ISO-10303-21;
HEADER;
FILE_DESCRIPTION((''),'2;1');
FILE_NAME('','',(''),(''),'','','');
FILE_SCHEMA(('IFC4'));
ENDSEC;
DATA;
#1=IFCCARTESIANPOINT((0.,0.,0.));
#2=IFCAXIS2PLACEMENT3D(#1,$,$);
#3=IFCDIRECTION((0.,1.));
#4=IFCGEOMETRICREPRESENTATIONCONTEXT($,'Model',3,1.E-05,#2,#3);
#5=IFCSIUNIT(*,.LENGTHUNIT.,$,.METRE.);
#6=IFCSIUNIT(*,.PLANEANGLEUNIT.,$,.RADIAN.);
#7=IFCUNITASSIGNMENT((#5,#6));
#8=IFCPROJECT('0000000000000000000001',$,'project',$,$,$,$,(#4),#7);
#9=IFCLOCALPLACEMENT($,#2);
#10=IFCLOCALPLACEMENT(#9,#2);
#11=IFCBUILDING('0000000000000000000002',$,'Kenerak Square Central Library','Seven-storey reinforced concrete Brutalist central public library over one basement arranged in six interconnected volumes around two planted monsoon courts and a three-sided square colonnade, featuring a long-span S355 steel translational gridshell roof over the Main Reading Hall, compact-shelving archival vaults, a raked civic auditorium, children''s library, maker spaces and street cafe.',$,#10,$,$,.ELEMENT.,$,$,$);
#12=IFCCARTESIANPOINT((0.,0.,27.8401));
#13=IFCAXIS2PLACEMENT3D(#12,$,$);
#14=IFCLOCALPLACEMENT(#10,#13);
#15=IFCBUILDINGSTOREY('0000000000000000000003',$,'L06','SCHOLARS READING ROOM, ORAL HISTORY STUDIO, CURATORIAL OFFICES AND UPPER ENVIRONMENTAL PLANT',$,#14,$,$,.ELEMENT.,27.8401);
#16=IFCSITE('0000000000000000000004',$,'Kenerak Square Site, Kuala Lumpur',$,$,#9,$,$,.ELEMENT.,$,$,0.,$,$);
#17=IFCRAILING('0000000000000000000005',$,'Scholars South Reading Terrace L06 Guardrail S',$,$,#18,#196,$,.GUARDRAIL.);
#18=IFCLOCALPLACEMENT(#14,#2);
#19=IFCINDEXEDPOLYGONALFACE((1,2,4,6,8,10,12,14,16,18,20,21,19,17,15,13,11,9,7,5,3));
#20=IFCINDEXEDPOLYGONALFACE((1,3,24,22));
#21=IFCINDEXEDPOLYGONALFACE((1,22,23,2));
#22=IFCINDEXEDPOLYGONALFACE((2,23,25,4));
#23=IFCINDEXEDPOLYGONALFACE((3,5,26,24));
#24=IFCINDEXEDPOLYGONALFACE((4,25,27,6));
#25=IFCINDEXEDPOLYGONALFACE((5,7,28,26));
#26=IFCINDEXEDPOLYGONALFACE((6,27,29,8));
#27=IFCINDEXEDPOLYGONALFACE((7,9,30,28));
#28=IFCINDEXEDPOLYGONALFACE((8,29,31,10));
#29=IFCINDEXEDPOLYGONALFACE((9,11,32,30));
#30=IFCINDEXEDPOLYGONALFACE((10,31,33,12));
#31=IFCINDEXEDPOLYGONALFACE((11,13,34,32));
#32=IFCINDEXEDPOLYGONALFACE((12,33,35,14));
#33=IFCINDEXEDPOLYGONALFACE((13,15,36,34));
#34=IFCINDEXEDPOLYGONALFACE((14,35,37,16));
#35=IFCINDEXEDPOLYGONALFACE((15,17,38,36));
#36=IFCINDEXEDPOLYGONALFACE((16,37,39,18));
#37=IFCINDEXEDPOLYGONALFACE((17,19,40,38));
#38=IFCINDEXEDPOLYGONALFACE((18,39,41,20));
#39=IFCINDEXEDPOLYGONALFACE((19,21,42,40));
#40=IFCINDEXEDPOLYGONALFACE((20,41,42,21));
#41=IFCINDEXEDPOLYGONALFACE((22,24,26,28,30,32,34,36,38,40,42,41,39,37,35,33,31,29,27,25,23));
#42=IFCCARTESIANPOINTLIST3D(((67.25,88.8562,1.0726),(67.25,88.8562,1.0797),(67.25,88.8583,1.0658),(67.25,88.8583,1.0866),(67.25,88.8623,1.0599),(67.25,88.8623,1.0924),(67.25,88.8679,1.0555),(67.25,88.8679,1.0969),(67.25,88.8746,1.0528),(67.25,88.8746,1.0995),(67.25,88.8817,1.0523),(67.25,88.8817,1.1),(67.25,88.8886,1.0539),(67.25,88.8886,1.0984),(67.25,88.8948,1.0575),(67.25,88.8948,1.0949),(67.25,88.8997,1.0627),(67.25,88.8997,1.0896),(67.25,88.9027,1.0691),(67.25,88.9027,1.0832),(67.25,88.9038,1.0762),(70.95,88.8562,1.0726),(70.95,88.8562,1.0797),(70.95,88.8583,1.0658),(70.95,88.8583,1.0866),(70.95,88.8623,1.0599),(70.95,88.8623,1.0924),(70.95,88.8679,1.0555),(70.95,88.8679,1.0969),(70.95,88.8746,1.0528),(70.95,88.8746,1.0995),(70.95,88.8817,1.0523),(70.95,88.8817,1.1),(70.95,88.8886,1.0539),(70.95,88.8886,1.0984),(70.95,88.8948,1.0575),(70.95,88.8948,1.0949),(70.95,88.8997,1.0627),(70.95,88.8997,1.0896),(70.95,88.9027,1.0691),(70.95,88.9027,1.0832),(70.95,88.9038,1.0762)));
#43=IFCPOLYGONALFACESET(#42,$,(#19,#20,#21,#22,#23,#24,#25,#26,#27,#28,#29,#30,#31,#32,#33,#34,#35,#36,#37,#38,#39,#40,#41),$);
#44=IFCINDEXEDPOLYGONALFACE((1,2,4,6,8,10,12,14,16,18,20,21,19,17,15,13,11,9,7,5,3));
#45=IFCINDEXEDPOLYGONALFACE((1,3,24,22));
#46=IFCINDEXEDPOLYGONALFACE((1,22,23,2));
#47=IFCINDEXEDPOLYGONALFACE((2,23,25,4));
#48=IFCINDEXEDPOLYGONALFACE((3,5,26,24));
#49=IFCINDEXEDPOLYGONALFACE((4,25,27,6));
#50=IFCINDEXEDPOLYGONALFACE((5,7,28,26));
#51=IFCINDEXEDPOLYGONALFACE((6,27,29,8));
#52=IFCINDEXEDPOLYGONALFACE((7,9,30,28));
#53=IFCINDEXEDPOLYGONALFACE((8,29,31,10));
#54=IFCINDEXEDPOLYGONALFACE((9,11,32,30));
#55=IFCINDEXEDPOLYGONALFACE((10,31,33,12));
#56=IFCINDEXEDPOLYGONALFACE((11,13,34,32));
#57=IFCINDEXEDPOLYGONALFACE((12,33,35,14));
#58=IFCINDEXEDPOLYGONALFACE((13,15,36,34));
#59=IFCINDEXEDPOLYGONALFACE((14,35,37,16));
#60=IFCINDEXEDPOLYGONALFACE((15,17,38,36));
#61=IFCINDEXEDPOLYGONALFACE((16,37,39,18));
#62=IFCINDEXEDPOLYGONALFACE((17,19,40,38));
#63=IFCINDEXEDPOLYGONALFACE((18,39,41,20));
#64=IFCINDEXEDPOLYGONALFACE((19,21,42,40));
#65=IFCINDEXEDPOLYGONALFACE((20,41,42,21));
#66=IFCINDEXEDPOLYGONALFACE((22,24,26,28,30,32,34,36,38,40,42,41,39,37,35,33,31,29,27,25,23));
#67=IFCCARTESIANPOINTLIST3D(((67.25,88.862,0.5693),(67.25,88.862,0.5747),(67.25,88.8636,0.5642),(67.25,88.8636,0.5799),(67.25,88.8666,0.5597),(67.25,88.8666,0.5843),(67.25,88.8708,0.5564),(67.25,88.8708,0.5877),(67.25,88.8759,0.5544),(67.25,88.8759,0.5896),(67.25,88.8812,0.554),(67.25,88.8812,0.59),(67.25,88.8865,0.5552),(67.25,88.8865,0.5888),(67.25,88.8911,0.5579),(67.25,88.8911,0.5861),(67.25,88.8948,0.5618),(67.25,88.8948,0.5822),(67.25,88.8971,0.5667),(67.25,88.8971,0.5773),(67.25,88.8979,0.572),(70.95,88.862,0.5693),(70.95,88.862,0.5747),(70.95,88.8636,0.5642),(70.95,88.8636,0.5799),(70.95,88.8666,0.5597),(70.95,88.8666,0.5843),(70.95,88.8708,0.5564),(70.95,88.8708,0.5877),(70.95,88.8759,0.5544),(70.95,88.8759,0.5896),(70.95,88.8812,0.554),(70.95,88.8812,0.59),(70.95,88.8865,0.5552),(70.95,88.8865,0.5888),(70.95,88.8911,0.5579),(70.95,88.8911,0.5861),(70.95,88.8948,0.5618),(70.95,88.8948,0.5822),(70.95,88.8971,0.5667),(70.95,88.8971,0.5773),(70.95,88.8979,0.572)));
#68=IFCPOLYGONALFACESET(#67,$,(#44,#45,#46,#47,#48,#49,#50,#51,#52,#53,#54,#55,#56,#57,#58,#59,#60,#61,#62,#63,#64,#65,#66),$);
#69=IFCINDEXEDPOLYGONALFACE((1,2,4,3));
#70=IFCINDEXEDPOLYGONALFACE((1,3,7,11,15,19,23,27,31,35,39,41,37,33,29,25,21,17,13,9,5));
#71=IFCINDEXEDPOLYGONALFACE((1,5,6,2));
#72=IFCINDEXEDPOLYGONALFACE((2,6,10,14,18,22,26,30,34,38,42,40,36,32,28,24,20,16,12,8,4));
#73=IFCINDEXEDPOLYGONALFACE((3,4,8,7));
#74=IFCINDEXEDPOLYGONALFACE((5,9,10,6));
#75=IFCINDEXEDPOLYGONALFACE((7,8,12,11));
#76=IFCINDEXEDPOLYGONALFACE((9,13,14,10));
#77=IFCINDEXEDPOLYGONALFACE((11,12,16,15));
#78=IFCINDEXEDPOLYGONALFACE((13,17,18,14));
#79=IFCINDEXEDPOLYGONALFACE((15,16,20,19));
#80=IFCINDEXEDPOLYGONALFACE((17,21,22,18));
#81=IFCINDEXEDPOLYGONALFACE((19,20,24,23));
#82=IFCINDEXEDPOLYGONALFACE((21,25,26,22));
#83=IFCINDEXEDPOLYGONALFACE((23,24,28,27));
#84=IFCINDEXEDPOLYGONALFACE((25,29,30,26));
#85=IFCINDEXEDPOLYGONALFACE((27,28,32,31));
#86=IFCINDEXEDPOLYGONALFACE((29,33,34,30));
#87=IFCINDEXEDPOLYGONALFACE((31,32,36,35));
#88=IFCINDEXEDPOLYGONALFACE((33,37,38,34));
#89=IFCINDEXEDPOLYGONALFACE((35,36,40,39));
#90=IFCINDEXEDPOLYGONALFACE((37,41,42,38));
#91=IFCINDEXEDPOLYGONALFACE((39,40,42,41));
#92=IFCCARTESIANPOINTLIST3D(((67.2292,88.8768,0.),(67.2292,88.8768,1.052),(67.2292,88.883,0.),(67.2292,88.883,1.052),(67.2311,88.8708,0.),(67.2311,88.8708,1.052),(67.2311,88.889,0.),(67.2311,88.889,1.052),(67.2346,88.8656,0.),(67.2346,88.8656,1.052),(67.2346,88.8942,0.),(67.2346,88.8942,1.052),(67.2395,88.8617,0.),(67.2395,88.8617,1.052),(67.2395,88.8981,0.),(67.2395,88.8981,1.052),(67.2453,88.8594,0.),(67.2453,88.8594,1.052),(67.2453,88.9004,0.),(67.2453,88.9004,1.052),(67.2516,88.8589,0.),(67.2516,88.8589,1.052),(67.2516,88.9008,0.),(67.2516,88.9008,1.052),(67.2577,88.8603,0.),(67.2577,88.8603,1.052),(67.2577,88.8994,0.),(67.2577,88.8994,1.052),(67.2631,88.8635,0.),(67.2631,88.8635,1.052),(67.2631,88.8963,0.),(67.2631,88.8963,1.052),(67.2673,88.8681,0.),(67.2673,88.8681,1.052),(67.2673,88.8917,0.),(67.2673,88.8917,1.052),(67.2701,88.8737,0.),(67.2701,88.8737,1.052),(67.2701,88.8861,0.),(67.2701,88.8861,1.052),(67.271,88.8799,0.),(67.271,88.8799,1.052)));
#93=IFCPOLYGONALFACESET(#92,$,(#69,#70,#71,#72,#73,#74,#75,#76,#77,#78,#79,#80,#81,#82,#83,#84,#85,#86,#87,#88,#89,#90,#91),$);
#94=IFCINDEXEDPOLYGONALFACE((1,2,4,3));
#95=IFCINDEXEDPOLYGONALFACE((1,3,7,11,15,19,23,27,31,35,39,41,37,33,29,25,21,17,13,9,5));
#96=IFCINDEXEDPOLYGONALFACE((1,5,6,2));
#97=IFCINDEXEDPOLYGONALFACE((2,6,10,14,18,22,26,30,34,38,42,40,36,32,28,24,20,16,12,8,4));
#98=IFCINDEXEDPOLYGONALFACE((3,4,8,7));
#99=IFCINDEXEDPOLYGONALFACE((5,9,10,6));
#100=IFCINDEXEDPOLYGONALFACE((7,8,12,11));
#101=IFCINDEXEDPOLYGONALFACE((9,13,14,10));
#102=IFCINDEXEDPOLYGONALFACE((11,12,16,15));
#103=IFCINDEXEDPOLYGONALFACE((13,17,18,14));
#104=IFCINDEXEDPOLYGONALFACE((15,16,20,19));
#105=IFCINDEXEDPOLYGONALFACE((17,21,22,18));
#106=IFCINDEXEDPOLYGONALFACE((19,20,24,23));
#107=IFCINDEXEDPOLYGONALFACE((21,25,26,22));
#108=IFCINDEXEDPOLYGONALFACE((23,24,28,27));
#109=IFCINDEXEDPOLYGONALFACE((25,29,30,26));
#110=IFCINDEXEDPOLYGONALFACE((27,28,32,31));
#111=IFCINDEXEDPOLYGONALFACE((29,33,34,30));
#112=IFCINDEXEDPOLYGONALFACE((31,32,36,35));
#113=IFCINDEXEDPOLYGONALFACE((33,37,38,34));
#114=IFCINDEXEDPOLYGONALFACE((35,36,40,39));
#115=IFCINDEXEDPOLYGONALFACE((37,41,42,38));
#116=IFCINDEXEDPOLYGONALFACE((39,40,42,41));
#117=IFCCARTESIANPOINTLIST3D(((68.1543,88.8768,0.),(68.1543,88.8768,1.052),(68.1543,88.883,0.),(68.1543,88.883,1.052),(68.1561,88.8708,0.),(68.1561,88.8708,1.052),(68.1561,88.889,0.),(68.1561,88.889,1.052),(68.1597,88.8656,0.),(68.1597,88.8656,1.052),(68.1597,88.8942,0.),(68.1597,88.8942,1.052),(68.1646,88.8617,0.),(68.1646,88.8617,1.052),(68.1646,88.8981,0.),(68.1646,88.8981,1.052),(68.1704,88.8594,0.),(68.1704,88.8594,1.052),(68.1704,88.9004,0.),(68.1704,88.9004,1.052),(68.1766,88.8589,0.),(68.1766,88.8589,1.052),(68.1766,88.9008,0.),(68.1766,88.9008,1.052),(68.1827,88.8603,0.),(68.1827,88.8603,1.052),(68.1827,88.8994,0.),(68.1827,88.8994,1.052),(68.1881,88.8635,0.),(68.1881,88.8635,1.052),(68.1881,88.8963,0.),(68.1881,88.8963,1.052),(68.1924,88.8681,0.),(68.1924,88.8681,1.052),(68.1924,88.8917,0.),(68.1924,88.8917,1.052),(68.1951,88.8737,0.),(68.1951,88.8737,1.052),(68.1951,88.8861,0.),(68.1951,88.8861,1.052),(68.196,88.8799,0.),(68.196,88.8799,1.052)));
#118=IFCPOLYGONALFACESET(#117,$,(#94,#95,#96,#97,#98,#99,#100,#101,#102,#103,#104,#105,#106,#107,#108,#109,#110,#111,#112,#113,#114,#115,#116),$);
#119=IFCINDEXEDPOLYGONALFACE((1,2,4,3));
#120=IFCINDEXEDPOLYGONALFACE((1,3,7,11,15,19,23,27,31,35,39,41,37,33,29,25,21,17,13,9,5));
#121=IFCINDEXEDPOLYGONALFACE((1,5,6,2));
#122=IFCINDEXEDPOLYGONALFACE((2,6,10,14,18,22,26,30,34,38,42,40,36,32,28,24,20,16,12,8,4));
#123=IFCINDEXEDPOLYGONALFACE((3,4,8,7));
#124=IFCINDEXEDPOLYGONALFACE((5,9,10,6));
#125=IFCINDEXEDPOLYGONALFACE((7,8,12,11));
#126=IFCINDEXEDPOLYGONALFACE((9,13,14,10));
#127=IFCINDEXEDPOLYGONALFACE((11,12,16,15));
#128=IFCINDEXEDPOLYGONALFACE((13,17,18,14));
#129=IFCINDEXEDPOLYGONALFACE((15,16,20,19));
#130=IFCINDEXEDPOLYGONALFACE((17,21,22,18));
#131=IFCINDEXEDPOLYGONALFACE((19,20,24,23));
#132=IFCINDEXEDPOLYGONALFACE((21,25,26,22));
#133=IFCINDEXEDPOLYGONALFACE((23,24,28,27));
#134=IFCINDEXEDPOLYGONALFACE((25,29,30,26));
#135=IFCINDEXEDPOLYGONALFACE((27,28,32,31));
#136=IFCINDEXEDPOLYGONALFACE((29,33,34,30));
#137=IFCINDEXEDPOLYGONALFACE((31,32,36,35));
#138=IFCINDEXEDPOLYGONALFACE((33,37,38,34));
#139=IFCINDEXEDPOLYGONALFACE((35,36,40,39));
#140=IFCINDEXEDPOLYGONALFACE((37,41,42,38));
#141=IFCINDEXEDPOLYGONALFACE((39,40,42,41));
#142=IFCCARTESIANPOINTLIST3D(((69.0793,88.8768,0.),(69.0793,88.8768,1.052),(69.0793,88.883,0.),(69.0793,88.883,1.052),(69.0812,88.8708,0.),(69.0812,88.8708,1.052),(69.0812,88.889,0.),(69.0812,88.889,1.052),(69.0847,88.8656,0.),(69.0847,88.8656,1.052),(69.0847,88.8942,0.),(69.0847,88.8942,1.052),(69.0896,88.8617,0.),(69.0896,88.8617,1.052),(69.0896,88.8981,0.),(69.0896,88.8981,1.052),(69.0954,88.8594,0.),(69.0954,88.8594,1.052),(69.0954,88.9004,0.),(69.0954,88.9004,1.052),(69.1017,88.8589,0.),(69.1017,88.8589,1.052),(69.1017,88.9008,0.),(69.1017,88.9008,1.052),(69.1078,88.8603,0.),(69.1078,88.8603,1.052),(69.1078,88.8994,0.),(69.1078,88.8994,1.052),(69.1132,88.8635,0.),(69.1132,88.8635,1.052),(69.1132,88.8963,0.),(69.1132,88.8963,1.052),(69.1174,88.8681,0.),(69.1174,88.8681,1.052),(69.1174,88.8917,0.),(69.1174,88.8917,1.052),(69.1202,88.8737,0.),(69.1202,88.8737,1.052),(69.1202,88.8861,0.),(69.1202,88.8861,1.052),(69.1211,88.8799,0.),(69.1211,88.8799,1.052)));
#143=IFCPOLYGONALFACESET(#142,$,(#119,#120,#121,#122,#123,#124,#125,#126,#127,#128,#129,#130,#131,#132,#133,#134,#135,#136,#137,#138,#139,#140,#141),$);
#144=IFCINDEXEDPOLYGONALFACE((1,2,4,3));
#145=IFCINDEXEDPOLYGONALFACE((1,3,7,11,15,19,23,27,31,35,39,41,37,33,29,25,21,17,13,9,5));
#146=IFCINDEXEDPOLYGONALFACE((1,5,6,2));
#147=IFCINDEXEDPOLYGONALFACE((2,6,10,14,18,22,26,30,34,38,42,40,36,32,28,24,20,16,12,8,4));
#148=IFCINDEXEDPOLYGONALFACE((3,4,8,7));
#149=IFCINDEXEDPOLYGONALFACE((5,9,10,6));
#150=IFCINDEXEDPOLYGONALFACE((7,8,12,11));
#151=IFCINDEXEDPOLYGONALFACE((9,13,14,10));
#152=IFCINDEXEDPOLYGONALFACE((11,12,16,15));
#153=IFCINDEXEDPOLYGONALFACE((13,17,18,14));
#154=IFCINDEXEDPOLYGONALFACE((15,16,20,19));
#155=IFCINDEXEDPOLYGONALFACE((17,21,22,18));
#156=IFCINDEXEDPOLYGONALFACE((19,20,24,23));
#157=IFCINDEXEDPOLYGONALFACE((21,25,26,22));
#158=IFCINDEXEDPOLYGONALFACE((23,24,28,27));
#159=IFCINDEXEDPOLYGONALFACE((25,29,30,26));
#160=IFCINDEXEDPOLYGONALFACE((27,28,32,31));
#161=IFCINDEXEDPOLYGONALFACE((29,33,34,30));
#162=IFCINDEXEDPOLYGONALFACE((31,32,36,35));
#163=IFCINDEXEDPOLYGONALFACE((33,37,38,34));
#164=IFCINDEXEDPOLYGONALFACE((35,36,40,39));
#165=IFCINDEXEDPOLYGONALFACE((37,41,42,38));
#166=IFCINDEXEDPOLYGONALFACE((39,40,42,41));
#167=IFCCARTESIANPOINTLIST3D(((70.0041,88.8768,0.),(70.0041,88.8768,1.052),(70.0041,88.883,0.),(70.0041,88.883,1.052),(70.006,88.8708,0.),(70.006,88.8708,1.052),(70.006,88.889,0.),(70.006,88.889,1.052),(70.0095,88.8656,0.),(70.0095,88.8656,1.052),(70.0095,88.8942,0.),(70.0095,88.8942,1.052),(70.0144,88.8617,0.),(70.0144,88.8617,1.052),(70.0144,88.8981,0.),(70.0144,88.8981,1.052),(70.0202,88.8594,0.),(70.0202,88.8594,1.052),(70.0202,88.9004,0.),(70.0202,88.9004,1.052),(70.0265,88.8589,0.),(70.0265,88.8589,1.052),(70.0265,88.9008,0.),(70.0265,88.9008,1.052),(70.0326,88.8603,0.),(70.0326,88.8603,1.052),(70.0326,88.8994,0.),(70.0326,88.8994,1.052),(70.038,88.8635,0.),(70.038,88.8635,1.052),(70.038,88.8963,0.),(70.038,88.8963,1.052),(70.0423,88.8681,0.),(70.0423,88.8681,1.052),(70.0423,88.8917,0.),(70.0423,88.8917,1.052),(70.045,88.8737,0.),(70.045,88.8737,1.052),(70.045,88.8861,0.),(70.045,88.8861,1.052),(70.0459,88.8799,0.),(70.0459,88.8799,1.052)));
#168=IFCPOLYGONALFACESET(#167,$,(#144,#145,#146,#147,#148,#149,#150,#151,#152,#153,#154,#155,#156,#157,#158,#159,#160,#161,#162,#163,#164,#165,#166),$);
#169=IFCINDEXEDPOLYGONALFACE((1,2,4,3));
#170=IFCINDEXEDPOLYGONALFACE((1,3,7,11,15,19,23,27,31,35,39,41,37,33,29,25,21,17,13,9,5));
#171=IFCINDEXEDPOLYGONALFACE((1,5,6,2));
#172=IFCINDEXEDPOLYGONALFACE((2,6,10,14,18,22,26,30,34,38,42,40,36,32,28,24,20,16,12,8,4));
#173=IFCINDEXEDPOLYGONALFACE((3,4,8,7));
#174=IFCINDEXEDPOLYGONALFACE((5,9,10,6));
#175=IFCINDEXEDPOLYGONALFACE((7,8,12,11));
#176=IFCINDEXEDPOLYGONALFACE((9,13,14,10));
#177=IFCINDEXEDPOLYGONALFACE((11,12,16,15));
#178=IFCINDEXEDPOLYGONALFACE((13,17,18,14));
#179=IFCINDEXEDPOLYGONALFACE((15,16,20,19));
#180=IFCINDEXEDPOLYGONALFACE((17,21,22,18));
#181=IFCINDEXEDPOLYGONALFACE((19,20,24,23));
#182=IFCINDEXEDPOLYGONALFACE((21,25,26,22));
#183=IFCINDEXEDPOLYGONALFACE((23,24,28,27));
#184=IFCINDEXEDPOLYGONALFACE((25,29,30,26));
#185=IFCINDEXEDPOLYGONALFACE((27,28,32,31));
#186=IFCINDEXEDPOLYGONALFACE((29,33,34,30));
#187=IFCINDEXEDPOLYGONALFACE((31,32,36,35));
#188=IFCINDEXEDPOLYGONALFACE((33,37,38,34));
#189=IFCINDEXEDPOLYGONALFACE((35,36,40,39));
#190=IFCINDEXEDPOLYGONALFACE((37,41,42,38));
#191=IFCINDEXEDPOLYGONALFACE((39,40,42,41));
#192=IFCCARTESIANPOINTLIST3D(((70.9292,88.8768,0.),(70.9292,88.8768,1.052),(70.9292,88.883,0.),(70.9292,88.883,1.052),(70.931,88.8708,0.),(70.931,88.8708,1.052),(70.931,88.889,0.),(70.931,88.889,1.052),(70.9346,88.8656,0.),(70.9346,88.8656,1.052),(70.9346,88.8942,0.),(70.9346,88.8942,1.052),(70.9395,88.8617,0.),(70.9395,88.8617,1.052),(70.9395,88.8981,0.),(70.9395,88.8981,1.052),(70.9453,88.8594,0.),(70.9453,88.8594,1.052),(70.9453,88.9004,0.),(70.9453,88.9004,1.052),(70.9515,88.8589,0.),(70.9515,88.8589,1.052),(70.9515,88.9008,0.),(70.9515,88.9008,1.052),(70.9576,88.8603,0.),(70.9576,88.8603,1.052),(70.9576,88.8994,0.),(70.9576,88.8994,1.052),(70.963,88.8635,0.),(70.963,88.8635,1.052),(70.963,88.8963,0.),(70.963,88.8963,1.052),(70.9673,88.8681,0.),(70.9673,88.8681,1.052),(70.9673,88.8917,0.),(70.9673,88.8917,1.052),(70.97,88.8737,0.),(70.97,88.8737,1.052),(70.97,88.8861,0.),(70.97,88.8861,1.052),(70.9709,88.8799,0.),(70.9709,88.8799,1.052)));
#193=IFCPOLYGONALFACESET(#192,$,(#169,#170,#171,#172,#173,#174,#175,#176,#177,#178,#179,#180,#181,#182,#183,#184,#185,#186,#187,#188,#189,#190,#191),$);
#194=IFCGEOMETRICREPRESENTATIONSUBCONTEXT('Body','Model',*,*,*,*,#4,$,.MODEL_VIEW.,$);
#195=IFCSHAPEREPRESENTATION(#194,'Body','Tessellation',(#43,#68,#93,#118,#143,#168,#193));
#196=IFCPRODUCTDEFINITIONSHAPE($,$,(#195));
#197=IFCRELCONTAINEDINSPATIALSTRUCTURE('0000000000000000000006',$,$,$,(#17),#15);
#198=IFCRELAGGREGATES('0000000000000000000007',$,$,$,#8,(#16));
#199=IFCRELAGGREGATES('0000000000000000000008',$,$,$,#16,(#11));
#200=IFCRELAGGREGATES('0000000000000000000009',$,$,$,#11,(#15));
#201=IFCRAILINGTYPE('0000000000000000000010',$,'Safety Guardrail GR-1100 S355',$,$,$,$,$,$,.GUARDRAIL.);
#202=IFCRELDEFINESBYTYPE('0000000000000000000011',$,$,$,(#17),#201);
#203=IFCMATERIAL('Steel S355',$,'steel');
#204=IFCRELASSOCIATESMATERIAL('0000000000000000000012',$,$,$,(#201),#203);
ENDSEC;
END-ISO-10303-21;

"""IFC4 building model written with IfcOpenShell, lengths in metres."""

from ifc_helpers import new_model, si_unit, direction, frame, origin, origin_2d, place, context, subcontext, project, spatial, circle, extrude, material, type_object, element, save


model = new_model("IFC4")

# Units and contexts
model_context = context("Model", 3, precision=1e-05, world=origin(), true_north=direction((0.0, 1.0)))
body_context = subcontext(model_context, "Body", "Model", "MODEL_VIEW")
ifc_project = project(units=[si_unit("LENGTHUNIT", "METRE"), si_unit("PLANEANGLEUNIT", "RADIAN")], contexts=[model_context])

# Site, building, storey
site_placement = place(None, origin())
site = spatial("IfcSite", under=ifc_project, at=site_placement, Name="Kenerak Square Site, Kuala Lumpur", CompositionType="ELEMENT", RefElevation=0.0)
building_placement = place(site_placement, origin())
building = spatial("IfcBuilding", under=site, at=building_placement, Name="Kenerak Square Central Library", Description="Seven-storey reinforced concrete Brutalist central public library over one basement arranged in six interconnected volumes around two planted monsoon courts and a three-sided square colonnade, featuring a long-span S355 steel translational gridshell roof over the Main Reading Hall, compact-shelving archival vaults, a raked civic auditorium, children's library, maker spaces and street cafe.", CompositionType="ELEMENT")
storey_placement = place(building_placement, frame((0.0, 0.0, 27.8401)))
storey = spatial("IfcBuildingStorey", under=building, at=storey_placement, Name="L06", Description="SCHOLARS READING ROOM, ORAL HISTORY STUDIO, CURATORIAL OFFICES AND UPPER ENVIRONMENTAL PLANT", CompositionType="ELEMENT", Elevation=27.8401)

# Shared definitions
ifc_material_1 = material(Name="Steel S355", Category="steel")

# Railing
railing_type = type_object("IfcRailingType", Name="Safety Guardrail GR-1100 S355", PredefinedType="GUARDRAIL", material=ifc_material_1)
railing_placement = place(storey_placement, frame((67.25, 88.8799, 0.0)))
element("IfcRailing", 1, at=railing_placement, inside=storey, type_object=railing_type, Name="Scholars South Reading Terrace L06 Guardrail S", PredefinedType="GUARDRAIL", context=body_context, shape_type="SweptSolid", body=[
    extrude(circle(Radius=0.0239, at=origin_2d()), frame((0.0, 0.0, 1.0762), z_axis=(1.0, 0.0, 0.0), x_axis=(0.0, 1.0, 0.0)), (0.0, 0.0, 1.0), 3.7),
    extrude(circle(Radius=0.0181, at=origin_2d()), frame((0.0, 0.0, 0.572), z_axis=(1.0, 0.0, 0.0), x_axis=(0.0, 1.0, 0.0)), (0.0, 0.0, 1.0), 3.7),
    extrude(circle(Radius=0.021, at=origin_2d()), origin(), (0.0, 0.0, 1.0), 1.052),
    extrude(circle(Radius=0.021, at=origin_2d()), frame((0.925, 0.0, 0.0)), (0.0, 0.0, 1.0), 1.052),
    extrude(circle(Radius=0.021, at=origin_2d()), frame((1.8501, 0.0, 0.0)), (0.0, 0.0, 1.0), 1.052),
    extrude(circle(Radius=0.021, at=origin_2d()), frame((2.7749, 0.0, 0.0)), (0.0, 0.0, 1.0), 1.052),
    extrude(circle(Radius=0.021, at=origin_2d()), frame((3.7, 0.0, 0.0)), (0.0, 0.0, 1.0), 1.052),
])

save(model, "model.ifc")
